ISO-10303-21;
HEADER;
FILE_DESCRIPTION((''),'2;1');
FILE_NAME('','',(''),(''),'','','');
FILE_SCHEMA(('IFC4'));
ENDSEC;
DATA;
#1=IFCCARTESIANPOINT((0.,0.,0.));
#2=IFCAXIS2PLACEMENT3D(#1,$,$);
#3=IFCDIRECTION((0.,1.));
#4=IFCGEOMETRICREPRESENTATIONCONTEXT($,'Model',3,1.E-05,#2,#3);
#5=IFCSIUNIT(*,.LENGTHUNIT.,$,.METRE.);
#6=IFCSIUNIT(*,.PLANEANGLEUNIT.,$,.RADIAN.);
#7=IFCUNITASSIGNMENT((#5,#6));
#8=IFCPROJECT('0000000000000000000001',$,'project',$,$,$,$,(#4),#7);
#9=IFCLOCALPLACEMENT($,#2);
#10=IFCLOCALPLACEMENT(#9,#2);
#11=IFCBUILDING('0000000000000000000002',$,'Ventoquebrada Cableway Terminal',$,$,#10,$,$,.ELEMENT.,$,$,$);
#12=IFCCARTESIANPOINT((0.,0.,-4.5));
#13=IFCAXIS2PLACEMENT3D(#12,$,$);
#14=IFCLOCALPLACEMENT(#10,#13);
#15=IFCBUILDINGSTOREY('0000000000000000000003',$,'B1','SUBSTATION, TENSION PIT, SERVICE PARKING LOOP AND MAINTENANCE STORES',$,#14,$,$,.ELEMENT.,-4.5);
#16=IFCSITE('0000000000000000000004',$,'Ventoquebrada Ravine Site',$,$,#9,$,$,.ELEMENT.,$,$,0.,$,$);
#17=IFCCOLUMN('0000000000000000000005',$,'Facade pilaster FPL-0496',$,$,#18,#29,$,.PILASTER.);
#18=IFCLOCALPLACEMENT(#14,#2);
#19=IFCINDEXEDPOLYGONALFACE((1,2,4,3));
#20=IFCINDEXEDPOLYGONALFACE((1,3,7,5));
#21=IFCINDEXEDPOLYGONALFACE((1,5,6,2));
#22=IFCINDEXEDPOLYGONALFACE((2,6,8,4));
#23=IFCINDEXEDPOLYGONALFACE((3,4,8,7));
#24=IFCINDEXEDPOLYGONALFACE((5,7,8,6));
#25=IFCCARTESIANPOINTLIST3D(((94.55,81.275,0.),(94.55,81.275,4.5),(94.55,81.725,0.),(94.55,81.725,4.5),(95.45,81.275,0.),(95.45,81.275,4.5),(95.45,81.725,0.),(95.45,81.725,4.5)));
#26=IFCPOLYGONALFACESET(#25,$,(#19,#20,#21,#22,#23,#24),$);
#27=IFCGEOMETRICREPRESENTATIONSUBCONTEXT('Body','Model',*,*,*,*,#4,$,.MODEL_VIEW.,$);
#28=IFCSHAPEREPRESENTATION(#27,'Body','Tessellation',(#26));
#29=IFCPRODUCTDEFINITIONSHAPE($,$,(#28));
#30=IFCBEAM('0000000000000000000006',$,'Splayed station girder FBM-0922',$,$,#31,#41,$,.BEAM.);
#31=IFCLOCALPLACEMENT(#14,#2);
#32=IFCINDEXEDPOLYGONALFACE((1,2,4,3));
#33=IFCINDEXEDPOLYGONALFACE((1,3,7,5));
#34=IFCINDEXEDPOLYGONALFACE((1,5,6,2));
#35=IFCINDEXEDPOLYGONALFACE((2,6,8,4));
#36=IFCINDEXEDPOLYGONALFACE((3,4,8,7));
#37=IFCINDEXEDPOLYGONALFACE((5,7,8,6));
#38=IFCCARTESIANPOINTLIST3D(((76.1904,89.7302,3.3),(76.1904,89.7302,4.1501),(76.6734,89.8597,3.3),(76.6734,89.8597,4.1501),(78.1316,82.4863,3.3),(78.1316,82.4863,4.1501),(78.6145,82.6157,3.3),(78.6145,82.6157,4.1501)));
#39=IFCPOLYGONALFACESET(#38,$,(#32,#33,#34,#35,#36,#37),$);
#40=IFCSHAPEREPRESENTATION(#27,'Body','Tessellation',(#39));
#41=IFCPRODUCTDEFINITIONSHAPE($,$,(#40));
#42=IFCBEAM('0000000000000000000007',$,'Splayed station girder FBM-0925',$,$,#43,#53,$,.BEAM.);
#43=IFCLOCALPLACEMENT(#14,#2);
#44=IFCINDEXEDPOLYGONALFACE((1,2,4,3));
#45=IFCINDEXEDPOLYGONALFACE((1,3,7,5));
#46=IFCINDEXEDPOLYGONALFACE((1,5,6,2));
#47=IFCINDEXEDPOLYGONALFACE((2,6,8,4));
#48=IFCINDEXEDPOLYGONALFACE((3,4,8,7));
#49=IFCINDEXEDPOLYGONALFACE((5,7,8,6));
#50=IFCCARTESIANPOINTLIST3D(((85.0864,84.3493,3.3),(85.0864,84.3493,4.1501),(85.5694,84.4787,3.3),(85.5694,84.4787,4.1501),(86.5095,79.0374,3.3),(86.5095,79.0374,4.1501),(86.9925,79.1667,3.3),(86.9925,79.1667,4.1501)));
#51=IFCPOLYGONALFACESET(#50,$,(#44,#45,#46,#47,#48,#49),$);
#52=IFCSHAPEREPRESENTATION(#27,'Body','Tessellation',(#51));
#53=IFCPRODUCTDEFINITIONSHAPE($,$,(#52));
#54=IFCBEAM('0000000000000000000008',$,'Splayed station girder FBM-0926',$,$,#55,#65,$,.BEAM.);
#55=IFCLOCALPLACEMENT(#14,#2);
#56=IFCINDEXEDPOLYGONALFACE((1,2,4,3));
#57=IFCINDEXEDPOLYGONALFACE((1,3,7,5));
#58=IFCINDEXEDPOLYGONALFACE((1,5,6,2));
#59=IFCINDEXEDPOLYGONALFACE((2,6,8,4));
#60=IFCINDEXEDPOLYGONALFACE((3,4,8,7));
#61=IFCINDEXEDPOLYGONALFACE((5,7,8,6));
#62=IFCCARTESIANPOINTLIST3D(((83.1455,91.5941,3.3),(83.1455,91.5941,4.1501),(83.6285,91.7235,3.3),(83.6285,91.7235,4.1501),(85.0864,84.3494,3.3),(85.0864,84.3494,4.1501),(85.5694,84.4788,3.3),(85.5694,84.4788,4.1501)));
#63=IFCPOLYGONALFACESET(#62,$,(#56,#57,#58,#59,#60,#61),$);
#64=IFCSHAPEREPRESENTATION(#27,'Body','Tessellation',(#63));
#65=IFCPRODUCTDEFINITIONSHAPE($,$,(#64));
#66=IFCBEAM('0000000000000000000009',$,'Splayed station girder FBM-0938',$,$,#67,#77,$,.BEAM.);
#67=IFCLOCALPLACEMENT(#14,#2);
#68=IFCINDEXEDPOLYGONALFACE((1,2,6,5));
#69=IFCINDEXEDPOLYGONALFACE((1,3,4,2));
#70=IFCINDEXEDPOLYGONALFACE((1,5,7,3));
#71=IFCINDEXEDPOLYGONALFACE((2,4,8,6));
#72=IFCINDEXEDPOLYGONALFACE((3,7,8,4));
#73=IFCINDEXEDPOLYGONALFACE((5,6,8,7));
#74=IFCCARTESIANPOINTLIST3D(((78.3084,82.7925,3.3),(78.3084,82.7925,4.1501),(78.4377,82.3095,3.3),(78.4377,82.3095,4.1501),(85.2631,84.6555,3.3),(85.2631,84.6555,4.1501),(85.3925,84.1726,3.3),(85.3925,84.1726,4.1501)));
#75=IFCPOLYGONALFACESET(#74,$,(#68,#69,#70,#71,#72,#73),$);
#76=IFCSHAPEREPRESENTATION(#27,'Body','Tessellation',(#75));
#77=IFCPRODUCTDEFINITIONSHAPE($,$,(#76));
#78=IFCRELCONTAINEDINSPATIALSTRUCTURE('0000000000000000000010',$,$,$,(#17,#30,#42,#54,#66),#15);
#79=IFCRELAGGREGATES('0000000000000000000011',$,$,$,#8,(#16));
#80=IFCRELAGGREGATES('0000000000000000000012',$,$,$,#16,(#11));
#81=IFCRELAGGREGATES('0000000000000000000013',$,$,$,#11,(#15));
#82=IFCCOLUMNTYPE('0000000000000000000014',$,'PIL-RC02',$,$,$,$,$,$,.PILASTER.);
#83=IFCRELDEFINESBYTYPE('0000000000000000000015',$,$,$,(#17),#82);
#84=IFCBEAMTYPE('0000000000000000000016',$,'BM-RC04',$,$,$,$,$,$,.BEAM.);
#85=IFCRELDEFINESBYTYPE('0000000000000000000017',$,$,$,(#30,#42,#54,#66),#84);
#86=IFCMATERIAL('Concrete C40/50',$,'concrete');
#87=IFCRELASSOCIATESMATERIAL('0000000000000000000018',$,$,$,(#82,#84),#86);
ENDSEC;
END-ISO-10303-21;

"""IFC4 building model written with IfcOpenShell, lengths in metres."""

from ifc_helpers import new_model, si_unit, direction, frame, origin, origin_2d, place, context, subcontext, project, spatial, rectangle, extrude, material, material_profile, profile_set, type_object, element, save


model = new_model("IFC4")

# Units and contexts
model_context = context("Model", 3, precision=1e-05, world=origin(), true_north=direction((0.0, 1.0)))
body_context = subcontext(model_context, "Body", "Model", "MODEL_VIEW")
ifc_project = project(units=[si_unit("LENGTHUNIT", "METRE"), si_unit("PLANEANGLEUNIT", "RADIAN")], contexts=[model_context])

# Site, building, storey
site_placement = place(None, origin())
site = spatial("IfcSite", under=ifc_project, at=site_placement, Name="Ventoquebrada Ravine Site", CompositionType="ELEMENT", RefElevation=0.0)
building_placement = place(site_placement, origin())
building = spatial("IfcBuilding", under=site, at=building_placement, Name="Ventoquebrada Cableway Terminal", CompositionType="ELEMENT")
storey_placement = place(building_placement, frame((0.0, 0.0, -4.5)))
storey = spatial("IfcBuildingStorey", under=building, at=storey_placement, Name="B1", Description="SUBSTATION, TENSION PIT, SERVICE PARKING LOOP AND MAINTENANCE STORES", CompositionType="ELEMENT", Elevation=-4.5)

# Shared definitions
ifc_material = material(Name="Concrete C40/50", Category="concrete")

# Column
ifc_material_profile_1 = material_profile(ifc_material, rectangle(XDim=0.45, YDim=0.8999, at=origin_2d()), Name="RC-PIL-450X900")
ifc_profile_set_1 = profile_set([ifc_material_profile_1], Name="Concrete C40/50")
column_type_1 = type_object("IfcColumnType", Name="PIL-RC02", PredefinedType="PILASTER", material=ifc_profile_set_1)
column_1_placement = place(storey_placement, frame((95.0, 81.5, 0.0), z_axis=(0.0, 0.0, 1.0), x_axis=(0.0, 1.0, 0.0)))
element("IfcColumn", 1, at=column_1_placement, inside=storey, type_object=column_type_1, Name="Facade pilaster FPL-0496", PredefinedType="PILASTER", context=body_context, shape_type="SweptSolid", body=[
    extrude(rectangle(XDim=0.45, YDim=0.8999, at=origin_2d()), origin(), (0.0, 0.0, 1.0), 4.5),
])

# Beams
ifc_material_profile_2 = material_profile(ifc_material, rectangle(XDim=0.5, YDim=0.8501, at=origin_2d()), Name="RC-BM-500X850")
ifc_profile_set_2 = profile_set([ifc_material_profile_2], Name="Concrete C40/50")
beam_type = type_object("IfcBeamType", Name="BM-RC04", PredefinedType="BEAM", material=ifc_profile_set_2)
beam_1_placement = place(storey_placement, frame((78.373, 82.551, 3.7251), z_axis=(-0.25884, 0.96592, 0.0), x_axis=(-0.96592, -0.25884, 0.0)))
element("IfcBeam", 2, at=beam_1_placement, inside=storey, type_object=beam_type, Name="Splayed station girder FBM-0922", PredefinedType="BEAM", context=body_context, shape_type="SweptSolid", body=[
    extrude(rectangle(XDim=0.5, YDim=0.8501, at=origin_2d()), origin(), (0.0, 0.0, 1.0), 7.4995),
])
beam_2_placement = place(storey_placement, frame((86.751, 79.1021, 3.7251), z_axis=(-0.258776, 0.965937, 0.0), x_axis=(-0.965937, -0.258776, 0.0)))
element("IfcBeam", 3, at=beam_2_placement, inside=storey, type_object=beam_type, Name="Splayed station girder FBM-0925", PredefinedType="BEAM", context=body_context, shape_type="SweptSolid", body=[
    extrude(rectangle(XDim=0.5, YDim=0.8501, at=origin_2d()), origin(), (0.0, 0.0, 1.0), 5.4993),
])
beam_3_placement = place(storey_placement, frame((85.3279, 84.4141, 3.7251), z_axis=(-0.258777, 0.965937, 0.0), x_axis=(-0.965937, -0.258777, 0.0)))
element("IfcBeam", 4, at=beam_3_placement, inside=storey, type_object=beam_type, Name="Splayed station girder FBM-0926", PredefinedType="BEAM", context=body_context, shape_type="SweptSolid", body=[
    extrude(rectangle(XDim=0.5, YDim=0.8501, at=origin_2d()), origin(), (0.0, 0.0, 1.0), 7.5002),
])
beam_4_placement = place(storey_placement, frame((78.373, 82.551, 3.7251), z_axis=(0.965943, 0.258754, 0.0), x_axis=(-0.258754, 0.965943, 0.0)))
element("IfcBeam", 5, at=beam_4_placement, inside=storey, type_object=beam_type, Name="Splayed station girder FBM-0938", PredefinedType="BEAM", context=body_context, shape_type="SweptSolid", body=[
    extrude(rectangle(XDim=0.5, YDim=0.8501, at=origin_2d()), origin(), (0.0, 0.0, 1.0), 7.2),
])

save(model, "model.ifc")
